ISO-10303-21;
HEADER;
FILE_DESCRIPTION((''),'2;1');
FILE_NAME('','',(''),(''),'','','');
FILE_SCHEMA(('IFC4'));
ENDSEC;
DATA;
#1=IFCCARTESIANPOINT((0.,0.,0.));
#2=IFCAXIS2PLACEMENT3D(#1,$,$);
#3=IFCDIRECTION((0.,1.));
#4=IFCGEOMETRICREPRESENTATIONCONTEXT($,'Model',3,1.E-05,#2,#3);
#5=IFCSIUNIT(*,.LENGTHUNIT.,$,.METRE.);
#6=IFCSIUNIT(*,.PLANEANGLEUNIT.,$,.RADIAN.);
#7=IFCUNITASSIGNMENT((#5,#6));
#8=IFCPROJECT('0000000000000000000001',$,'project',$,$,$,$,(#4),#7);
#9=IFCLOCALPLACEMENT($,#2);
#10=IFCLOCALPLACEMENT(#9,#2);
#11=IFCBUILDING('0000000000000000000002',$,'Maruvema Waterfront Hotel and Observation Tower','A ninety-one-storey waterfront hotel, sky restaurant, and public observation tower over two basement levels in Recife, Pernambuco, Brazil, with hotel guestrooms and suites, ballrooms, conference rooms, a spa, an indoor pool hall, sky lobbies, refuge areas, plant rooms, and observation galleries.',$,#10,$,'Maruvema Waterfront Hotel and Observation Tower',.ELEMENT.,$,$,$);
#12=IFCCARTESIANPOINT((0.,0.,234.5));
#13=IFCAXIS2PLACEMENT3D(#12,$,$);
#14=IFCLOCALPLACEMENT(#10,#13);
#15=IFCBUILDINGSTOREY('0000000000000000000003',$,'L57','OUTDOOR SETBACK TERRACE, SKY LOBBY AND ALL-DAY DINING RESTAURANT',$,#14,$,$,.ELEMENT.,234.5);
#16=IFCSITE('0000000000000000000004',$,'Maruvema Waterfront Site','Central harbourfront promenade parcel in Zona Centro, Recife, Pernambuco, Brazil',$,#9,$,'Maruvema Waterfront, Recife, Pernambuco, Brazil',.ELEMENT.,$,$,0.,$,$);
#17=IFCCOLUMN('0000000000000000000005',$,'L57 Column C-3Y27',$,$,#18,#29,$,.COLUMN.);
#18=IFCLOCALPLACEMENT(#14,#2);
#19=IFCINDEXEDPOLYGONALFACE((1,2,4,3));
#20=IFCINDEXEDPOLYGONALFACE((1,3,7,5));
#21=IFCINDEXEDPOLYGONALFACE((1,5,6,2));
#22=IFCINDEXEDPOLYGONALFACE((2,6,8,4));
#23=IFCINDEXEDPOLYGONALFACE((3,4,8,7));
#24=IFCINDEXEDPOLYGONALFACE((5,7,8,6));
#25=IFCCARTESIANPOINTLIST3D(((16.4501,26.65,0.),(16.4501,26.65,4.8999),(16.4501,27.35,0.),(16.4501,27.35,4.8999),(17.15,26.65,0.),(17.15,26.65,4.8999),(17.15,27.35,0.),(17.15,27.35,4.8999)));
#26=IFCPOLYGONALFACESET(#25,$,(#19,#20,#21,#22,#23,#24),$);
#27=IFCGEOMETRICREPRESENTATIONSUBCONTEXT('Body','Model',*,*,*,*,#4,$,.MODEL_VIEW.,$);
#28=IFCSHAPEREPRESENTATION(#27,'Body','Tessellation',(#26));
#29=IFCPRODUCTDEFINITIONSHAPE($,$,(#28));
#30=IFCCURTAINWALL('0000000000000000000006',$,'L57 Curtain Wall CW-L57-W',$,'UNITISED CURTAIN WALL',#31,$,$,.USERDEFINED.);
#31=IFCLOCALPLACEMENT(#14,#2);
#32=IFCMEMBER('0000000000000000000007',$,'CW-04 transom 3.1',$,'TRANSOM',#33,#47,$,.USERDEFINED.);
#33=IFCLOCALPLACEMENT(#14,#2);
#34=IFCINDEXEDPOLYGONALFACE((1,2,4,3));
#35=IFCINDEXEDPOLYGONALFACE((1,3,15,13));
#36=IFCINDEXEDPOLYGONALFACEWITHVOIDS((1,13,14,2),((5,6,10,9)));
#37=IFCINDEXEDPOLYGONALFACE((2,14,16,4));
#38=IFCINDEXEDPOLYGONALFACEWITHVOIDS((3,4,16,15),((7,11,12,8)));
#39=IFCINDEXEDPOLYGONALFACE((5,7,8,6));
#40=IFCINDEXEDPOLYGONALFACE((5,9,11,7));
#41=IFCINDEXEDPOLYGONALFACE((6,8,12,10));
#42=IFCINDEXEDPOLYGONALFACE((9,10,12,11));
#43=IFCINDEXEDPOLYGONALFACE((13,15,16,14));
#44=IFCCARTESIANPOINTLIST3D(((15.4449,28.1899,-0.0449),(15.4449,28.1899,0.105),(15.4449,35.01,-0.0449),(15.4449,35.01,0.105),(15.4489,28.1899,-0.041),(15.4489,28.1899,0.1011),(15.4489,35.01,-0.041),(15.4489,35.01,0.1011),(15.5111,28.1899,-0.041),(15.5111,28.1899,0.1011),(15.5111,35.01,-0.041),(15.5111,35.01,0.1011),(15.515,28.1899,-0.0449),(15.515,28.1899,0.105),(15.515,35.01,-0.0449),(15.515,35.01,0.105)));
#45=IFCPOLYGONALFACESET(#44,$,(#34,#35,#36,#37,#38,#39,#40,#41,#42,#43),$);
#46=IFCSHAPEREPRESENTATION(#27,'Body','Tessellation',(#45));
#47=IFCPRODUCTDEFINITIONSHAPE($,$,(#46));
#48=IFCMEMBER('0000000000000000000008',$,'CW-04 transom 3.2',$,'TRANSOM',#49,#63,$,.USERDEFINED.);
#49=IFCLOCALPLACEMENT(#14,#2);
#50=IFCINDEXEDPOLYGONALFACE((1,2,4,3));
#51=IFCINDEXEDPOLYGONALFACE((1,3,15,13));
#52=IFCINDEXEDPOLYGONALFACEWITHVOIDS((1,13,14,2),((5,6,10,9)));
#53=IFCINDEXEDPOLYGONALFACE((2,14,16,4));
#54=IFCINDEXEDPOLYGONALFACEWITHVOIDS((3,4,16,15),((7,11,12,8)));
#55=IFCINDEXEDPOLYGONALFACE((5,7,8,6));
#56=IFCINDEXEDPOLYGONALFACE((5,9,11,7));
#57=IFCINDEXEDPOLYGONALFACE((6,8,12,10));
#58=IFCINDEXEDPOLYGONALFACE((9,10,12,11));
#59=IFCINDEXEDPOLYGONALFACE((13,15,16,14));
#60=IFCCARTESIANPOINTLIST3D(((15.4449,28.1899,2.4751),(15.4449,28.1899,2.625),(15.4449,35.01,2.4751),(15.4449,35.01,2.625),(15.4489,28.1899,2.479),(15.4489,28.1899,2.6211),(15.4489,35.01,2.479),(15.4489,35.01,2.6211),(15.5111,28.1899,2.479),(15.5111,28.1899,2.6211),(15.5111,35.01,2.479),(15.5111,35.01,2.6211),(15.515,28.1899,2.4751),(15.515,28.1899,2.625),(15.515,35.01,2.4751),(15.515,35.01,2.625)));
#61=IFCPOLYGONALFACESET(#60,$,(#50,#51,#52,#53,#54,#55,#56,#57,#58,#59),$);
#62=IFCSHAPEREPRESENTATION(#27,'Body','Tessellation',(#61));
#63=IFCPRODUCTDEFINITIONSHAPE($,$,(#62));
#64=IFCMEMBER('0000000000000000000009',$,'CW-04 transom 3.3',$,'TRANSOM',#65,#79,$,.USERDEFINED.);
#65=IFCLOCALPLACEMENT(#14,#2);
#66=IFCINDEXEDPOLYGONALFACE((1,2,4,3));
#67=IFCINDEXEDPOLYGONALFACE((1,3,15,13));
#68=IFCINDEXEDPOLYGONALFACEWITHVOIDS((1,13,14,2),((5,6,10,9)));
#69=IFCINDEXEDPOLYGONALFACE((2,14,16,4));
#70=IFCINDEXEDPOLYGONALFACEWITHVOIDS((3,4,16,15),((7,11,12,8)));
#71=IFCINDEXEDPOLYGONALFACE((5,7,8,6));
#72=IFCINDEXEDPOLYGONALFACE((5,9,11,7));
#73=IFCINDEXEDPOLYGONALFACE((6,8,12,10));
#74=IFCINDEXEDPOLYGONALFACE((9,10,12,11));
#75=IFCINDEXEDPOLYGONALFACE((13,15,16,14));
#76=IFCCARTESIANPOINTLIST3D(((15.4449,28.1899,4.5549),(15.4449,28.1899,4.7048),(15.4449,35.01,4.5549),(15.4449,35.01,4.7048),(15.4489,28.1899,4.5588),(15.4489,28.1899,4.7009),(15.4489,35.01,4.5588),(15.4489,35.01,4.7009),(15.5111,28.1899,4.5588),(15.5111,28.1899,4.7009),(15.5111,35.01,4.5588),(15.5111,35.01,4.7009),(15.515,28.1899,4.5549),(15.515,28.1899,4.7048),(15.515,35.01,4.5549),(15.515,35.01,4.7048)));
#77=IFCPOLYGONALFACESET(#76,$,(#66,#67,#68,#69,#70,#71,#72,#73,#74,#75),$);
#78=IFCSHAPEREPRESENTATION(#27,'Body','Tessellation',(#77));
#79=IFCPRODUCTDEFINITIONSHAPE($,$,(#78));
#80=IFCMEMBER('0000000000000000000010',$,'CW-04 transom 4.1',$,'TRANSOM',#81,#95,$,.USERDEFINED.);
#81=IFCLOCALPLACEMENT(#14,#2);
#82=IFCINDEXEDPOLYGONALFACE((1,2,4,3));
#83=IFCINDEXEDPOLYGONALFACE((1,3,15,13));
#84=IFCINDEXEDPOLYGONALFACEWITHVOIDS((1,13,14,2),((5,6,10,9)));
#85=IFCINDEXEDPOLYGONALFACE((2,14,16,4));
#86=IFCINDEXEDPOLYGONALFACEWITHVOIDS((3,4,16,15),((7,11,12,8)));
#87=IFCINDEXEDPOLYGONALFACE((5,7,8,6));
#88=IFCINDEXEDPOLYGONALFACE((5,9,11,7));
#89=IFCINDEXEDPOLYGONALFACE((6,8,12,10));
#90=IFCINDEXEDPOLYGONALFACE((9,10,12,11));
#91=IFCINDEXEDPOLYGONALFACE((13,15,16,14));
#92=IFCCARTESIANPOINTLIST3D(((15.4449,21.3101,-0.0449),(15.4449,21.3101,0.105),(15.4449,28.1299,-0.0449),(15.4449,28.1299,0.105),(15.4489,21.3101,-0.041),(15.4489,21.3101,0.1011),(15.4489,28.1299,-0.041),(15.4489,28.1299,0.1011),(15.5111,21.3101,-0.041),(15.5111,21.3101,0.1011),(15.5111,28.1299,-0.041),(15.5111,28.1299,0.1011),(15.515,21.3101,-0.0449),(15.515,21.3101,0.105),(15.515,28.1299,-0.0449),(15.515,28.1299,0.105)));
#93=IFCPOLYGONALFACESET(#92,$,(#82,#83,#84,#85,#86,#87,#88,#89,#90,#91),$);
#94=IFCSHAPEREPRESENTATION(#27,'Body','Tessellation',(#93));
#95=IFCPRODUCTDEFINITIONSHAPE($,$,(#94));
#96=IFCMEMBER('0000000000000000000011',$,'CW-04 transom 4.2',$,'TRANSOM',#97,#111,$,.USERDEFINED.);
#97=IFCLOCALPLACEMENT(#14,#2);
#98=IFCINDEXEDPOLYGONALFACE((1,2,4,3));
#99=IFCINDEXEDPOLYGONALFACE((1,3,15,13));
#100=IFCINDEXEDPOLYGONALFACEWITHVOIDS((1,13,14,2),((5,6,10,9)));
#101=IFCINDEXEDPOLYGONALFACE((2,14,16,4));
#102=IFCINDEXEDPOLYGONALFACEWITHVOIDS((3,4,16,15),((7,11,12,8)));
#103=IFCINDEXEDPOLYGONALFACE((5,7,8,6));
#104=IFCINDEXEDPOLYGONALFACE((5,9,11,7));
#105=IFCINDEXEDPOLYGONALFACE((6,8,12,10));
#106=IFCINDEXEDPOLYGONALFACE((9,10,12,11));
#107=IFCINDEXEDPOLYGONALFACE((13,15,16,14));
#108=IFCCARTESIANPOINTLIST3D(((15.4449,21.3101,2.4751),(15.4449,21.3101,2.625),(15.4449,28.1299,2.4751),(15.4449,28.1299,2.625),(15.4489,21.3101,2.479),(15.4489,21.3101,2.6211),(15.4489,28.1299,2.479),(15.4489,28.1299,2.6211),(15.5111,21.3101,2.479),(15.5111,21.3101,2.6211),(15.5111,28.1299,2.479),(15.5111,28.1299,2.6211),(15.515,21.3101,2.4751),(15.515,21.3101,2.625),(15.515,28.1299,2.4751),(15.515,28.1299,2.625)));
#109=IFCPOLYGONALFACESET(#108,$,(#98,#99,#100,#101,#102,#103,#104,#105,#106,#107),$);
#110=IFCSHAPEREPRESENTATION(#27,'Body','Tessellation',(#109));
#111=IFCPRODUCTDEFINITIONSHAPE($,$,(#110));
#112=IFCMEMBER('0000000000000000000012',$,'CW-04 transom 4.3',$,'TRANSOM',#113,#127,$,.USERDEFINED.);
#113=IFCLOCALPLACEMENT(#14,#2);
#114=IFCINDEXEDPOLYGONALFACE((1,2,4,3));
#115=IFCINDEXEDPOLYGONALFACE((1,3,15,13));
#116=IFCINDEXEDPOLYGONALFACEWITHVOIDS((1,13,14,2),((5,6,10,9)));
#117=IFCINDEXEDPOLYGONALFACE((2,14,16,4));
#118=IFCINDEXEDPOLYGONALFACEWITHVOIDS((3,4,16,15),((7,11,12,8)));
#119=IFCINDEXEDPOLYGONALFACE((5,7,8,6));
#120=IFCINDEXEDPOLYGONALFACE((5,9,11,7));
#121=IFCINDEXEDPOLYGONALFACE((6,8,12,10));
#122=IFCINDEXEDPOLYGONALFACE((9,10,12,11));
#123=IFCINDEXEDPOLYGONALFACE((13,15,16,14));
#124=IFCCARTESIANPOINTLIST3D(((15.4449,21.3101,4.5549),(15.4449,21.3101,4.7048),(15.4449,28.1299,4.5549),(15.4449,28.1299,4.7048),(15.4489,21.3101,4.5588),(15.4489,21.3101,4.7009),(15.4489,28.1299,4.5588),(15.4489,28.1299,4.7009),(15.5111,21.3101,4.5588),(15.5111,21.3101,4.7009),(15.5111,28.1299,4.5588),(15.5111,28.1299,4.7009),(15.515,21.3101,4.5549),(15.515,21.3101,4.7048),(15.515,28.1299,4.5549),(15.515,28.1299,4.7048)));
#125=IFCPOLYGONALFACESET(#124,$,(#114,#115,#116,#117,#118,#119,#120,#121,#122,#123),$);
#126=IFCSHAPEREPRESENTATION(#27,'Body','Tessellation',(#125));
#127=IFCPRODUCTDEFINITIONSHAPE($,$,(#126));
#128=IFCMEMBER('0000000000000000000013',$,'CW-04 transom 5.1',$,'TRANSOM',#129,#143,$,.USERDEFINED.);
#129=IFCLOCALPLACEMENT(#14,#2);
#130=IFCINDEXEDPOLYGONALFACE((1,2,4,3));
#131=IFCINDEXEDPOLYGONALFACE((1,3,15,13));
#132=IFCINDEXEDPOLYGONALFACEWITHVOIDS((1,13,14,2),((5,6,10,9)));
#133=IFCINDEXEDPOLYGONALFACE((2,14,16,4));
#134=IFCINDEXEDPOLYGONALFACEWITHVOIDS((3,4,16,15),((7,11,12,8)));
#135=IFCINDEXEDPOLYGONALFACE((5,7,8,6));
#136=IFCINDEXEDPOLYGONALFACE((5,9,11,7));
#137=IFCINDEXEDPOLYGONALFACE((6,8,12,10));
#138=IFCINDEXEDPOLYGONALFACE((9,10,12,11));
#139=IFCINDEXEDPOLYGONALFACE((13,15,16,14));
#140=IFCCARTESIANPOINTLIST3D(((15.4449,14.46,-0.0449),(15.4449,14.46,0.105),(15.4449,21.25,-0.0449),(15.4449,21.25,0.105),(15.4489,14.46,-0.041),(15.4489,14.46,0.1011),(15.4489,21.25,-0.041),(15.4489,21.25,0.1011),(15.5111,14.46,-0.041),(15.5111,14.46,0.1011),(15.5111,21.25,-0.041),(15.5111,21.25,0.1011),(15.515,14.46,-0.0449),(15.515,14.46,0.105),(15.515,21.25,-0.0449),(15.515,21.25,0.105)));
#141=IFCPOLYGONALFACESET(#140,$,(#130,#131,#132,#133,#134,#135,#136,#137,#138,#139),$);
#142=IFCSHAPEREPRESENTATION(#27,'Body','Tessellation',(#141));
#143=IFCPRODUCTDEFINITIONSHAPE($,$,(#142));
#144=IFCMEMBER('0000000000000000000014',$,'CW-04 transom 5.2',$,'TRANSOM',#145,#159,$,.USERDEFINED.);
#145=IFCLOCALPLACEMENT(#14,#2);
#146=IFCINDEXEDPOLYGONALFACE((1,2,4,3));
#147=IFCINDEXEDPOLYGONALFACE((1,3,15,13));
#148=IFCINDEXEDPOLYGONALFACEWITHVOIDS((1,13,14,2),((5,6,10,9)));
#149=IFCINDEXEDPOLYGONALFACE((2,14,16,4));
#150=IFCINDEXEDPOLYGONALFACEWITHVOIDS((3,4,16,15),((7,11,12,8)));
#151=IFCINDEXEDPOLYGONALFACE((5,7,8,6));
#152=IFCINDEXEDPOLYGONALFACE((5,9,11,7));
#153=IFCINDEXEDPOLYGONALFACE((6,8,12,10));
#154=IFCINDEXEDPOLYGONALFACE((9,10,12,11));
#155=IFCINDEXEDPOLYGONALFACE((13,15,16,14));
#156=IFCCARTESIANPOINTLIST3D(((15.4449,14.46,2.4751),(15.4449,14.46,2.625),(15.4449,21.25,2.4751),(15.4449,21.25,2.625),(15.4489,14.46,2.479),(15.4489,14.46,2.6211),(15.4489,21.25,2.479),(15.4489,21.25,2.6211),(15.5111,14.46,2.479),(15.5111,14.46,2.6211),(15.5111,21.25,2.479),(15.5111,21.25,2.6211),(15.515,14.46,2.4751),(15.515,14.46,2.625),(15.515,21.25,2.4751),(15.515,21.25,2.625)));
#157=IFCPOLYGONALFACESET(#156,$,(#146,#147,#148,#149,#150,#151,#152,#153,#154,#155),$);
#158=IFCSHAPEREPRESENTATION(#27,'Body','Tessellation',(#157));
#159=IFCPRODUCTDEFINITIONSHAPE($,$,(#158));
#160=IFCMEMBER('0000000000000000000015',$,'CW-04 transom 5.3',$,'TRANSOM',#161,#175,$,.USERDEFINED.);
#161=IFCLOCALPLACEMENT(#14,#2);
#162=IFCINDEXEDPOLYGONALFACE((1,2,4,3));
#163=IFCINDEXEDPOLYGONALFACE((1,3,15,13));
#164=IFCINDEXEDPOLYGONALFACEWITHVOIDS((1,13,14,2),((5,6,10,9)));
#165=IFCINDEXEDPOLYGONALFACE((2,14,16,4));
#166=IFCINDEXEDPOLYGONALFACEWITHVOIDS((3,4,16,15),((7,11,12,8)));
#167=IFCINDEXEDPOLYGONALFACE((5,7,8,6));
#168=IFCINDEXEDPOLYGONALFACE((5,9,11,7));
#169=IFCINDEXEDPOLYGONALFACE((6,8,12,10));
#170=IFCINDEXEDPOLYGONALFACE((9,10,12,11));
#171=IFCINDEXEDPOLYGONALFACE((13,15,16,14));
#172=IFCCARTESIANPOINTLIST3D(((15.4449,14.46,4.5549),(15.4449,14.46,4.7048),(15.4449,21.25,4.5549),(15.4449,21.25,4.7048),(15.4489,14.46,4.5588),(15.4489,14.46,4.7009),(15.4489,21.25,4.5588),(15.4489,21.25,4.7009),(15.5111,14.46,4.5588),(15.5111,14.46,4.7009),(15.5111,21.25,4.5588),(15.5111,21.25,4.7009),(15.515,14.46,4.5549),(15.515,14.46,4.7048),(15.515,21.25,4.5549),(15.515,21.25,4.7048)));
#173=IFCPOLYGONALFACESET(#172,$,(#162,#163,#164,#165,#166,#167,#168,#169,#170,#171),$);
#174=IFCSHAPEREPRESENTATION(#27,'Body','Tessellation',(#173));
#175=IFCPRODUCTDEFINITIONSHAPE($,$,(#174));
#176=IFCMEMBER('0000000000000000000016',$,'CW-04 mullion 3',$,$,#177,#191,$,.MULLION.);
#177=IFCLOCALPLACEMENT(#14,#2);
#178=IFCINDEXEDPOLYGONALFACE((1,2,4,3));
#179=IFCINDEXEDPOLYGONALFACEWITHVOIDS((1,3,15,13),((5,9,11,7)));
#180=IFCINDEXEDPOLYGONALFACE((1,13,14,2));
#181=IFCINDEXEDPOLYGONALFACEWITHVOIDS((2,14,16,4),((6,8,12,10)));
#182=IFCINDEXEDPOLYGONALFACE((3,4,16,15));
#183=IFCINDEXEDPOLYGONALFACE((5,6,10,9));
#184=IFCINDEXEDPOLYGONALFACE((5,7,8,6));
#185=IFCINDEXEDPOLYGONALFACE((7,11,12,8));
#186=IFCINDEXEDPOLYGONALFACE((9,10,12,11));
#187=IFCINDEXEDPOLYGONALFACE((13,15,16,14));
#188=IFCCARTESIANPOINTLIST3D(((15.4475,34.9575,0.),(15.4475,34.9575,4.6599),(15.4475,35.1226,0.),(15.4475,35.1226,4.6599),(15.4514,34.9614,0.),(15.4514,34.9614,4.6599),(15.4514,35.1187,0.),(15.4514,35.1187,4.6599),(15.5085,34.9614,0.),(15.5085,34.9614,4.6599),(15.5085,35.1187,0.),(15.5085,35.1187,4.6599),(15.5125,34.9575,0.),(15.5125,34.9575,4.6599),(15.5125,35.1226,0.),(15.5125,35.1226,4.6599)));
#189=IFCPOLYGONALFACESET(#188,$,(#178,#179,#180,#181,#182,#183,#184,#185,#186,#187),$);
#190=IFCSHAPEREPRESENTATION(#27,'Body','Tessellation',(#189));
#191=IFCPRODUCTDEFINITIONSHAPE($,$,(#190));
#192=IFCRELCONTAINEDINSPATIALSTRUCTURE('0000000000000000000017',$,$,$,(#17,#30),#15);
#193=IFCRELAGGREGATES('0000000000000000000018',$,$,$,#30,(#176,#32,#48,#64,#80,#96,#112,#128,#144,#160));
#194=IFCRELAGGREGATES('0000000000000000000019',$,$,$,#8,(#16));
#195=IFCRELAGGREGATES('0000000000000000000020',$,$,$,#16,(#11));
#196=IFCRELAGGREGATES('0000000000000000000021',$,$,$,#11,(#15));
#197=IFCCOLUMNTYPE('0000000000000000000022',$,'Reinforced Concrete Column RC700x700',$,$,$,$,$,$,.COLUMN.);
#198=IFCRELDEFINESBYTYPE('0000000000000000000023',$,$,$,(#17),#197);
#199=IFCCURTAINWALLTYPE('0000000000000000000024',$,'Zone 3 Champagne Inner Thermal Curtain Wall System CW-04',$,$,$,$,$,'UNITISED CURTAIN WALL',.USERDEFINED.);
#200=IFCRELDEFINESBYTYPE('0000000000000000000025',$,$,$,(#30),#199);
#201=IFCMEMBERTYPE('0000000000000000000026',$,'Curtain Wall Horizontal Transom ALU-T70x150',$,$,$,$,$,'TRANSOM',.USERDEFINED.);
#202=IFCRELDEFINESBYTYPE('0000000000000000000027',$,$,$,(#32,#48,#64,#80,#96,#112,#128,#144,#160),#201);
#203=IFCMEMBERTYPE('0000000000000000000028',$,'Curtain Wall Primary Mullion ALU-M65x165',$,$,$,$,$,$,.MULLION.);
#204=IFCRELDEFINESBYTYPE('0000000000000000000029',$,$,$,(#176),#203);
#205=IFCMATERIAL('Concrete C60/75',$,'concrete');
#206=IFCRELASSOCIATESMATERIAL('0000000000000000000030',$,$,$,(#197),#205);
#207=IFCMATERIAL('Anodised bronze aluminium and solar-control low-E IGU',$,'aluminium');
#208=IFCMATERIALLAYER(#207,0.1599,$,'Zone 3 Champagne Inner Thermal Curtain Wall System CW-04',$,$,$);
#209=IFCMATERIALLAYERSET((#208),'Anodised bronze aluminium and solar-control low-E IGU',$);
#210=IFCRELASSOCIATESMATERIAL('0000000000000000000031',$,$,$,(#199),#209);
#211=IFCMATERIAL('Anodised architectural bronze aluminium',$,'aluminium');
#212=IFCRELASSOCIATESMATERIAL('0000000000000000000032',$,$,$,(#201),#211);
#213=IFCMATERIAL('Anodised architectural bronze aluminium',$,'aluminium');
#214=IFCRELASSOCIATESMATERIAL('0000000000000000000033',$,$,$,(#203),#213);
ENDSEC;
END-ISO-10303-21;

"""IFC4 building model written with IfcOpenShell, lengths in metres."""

from ifc_helpers import new_model, si_unit, direction, frame, origin, origin_2d, place, context, subcontext, project, spatial, rectangle, hollow_rectangle, extrude, material, layer, layer_set, material_profile, profile_set, type_object, element, aggregate, save


model = new_model("IFC4")

# Units and contexts
model_context = context("Model", 3, precision=1e-05, world=origin(), true_north=direction((0.0, 1.0)))
body_context = subcontext(model_context, "Body", "Model", "MODEL_VIEW")
ifc_project = project(units=[si_unit("LENGTHUNIT", "METRE"), si_unit("PLANEANGLEUNIT", "RADIAN")], contexts=[model_context])

# Site, building, storey
site_placement = place(None, origin())
site = spatial("IfcSite", under=ifc_project, at=site_placement, Name="Maruvema Waterfront Site", Description="Central harbourfront promenade parcel in Zona Centro, Recife, Pernambuco, Brazil", LongName="Maruvema Waterfront, Recife, Pernambuco, Brazil", CompositionType="ELEMENT", RefElevation=0.0)
building_placement = place(site_placement, origin())
building = spatial("IfcBuilding", under=site, at=building_placement, Name="Maruvema Waterfront Hotel and Observation Tower", Description="A ninety-one-storey waterfront hotel, sky restaurant, and public observation tower over two basement levels in Recife, Pernambuco, Brazil, with hotel guestrooms and suites, ballrooms, conference rooms, a spa, an indoor pool hall, sky lobbies, refuge areas, plant rooms, and observation galleries.", LongName="Maruvema Waterfront Hotel and Observation Tower", CompositionType="ELEMENT")
storey_placement = place(building_placement, frame((0.0, 0.0, 234.5)))
storey = spatial("IfcBuildingStorey", under=building, at=storey_placement, Name="L57", Description="OUTDOOR SETBACK TERRACE, SKY LOBBY AND ALL-DAY DINING RESTAURANT", CompositionType="ELEMENT", Elevation=234.5)

# Column
ifc_material_1 = material(Name="Concrete C60/75", Category="concrete")
ifc_material_profile_1 = material_profile(ifc_material_1, rectangle(XDim=0.7, YDim=0.7, at=origin_2d()), Name="RC700x700")
ifc_profile_set_1 = profile_set([ifc_material_profile_1], Name="Concrete C60/75")
column_type = type_object("IfcColumnType", Name="Reinforced Concrete Column RC700x700", PredefinedType="COLUMN", material=ifc_profile_set_1)
column_placement = place(storey_placement, frame((16.8, 27.0, 0.0), z_axis=(0.0, 0.0, 1.0), x_axis=(1.0, 0.0, 0.0)))
element("IfcColumn", 1, at=column_placement, inside=storey, type_object=column_type, Name="L57 Column C-3Y27", PredefinedType="COLUMN", context=body_context, shape_type="SweptSolid", body=[
    extrude(rectangle(XDim=0.7, YDim=0.7, at=origin_2d()), origin(), (0.0, 0.0, 1.0), 4.8999),
])

# Curtain wall, members
ifc_material_2 = material(Name="Anodised bronze aluminium and solar-control low-E IGU", Category="aluminium")
ifc_layer_1 = layer(ifc_material_2, 0.1599, Name="Zone 3 Champagne Inner Thermal Curtain Wall System CW-04")
ifc_layer_set_1 = layer_set([ifc_layer_1], Name="Anodised bronze aluminium and solar-control low-E IGU")
curtain_wall_type = type_object("IfcCurtainWallType", Name="Zone 3 Champagne Inner Thermal Curtain Wall System CW-04", ElementType="UNITISED CURTAIN WALL", PredefinedType="USERDEFINED", material=ifc_layer_set_1)
curtain_wall_placement = place(storey_placement, origin())
curtain_wall = element("IfcCurtainWall", 2, at=curtain_wall_placement, inside=storey, type_object=curtain_wall_type, Name="L57 Curtain Wall CW-L57-W", ObjectType="UNITISED CURTAIN WALL", PredefinedType="USERDEFINED")
ifc_material_3 = material(Name="Anodised architectural bronze aluminium", Category="aluminium")
ifc_material_profile_2 = material_profile(ifc_material_3, hollow_rectangle(XDim=0.0701, YDim=0.1499, WallThickness=0.0039, at=origin_2d()), Name="ALU-T70x150")
ifc_profile_set_2 = profile_set([ifc_material_profile_2], Name="Anodised architectural bronze aluminium")
member_type_1 = type_object("IfcMemberType", Name="Curtain Wall Horizontal Transom ALU-T70x150", ElementType="TRANSOM", PredefinedType="USERDEFINED", material=ifc_profile_set_2)
member_1_placement = place(storey_placement, frame((15.48, 35.01, 0.03), z_axis=(0.0, -1.0, 0.0), x_axis=(1.0, 0.0, 0.0)))
member_1 = element("IfcMember", 3, at=member_1_placement, type_object=member_type_1, Name="CW-04 transom 3.1", ObjectType="TRANSOM", PredefinedType="USERDEFINED", context=body_context, shape_type="SweptSolid", body=[
    extrude(hollow_rectangle(XDim=0.0701, YDim=0.1499, WallThickness=0.0039, at=origin_2d()), origin(), (0.0, 0.0, 1.0), 6.8201),
])
member_2_placement = place(storey_placement, frame((15.48, 35.01, 2.55), z_axis=(0.0, -1.0, 0.0), x_axis=(1.0, 0.0, 0.0)))
member_2 = element("IfcMember", 4, at=member_2_placement, type_object=member_type_1, Name="CW-04 transom 3.2", ObjectType="TRANSOM", PredefinedType="USERDEFINED", context=body_context, shape_type="SweptSolid", body=[
    extrude(hollow_rectangle(XDim=0.0701, YDim=0.1499, WallThickness=0.0039, at=origin_2d()), origin(), (0.0, 0.0, 1.0), 6.8201),
])
member_3_placement = place(storey_placement, frame((15.48, 35.01, 4.6299), z_axis=(0.0, -1.0, 0.0), x_axis=(1.0, 0.0, 0.0)))
member_3 = element("IfcMember", 5, at=member_3_placement, type_object=member_type_1, Name="CW-04 transom 3.3", ObjectType="TRANSOM", PredefinedType="USERDEFINED", context=body_context, shape_type="SweptSolid", body=[
    extrude(hollow_rectangle(XDim=0.0701, YDim=0.1499, WallThickness=0.0039, at=origin_2d()), origin(), (0.0, 0.0, 1.0), 6.8201),
])
member_4_placement = place(storey_placement, frame((15.48, 28.1299, 0.03), z_axis=(0.0, -1.0, 0.0), x_axis=(1.0, 0.0, 0.0)))
member_4 = element("IfcMember", 6, at=member_4_placement, type_object=member_type_1, Name="CW-04 transom 4.1", ObjectType="TRANSOM", PredefinedType="USERDEFINED", context=body_context, shape_type="SweptSolid", body=[
    extrude(hollow_rectangle(XDim=0.0701, YDim=0.1499, WallThickness=0.0039, at=origin_2d()), origin(), (0.0, 0.0, 1.0), 6.8198),
])
member_5_placement = place(storey_placement, frame((15.48, 28.1299, 2.55), z_axis=(0.0, -1.0, 0.0), x_axis=(1.0, 0.0, 0.0)))
member_5 = element("IfcMember", 7, at=member_5_placement, type_object=member_type_1, Name="CW-04 transom 4.2", ObjectType="TRANSOM", PredefinedType="USERDEFINED", context=body_context, shape_type="SweptSolid", body=[
    extrude(hollow_rectangle(XDim=0.0701, YDim=0.1499, WallThickness=0.0039, at=origin_2d()), origin(), (0.0, 0.0, 1.0), 6.8198),
])
member_6_placement = place(storey_placement, frame((15.48, 28.1299, 4.6299), z_axis=(0.0, -1.0, 0.0), x_axis=(1.0, 0.0, 0.0)))
member_6 = element("IfcMember", 8, at=member_6_placement, type_object=member_type_1, Name="CW-04 transom 4.3", ObjectType="TRANSOM", PredefinedType="USERDEFINED", context=body_context, shape_type="SweptSolid", body=[
    extrude(hollow_rectangle(XDim=0.0701, YDim=0.1499, WallThickness=0.0039, at=origin_2d()), origin(), (0.0, 0.0, 1.0), 6.8198),
])
member_7_placement = place(storey_placement, frame((15.48, 21.25, 0.03), z_axis=(0.0, -1.0, 0.0), x_axis=(1.0, 0.0, 0.0)))
member_7 = element("IfcMember", 9, at=member_7_placement, type_object=member_type_1, Name="CW-04 transom 5.1", ObjectType="TRANSOM", PredefinedType="USERDEFINED", context=body_context, shape_type="SweptSolid", body=[
    extrude(hollow_rectangle(XDim=0.0701, YDim=0.1499, WallThickness=0.0039, at=origin_2d()), origin(), (0.0, 0.0, 1.0), 6.79),
])
member_8_placement = place(storey_placement, frame((15.48, 21.25, 2.55), z_axis=(0.0, -1.0, 0.0), x_axis=(1.0, 0.0, 0.0)))
member_8 = element("IfcMember", 10, at=member_8_placement, type_object=member_type_1, Name="CW-04 transom 5.2", ObjectType="TRANSOM", PredefinedType="USERDEFINED", context=body_context, shape_type="SweptSolid", body=[
    extrude(hollow_rectangle(XDim=0.0701, YDim=0.1499, WallThickness=0.0039, at=origin_2d()), origin(), (0.0, 0.0, 1.0), 6.79),
])
member_9_placement = place(storey_placement, frame((15.48, 21.25, 4.6299), z_axis=(0.0, -1.0, 0.0), x_axis=(1.0, 0.0, 0.0)))
member_9 = element("IfcMember", 11, at=member_9_placement, type_object=member_type_1, Name="CW-04 transom 5.3", ObjectType="TRANSOM", PredefinedType="USERDEFINED", context=body_context, shape_type="SweptSolid", body=[
    extrude(hollow_rectangle(XDim=0.0701, YDim=0.1499, WallThickness=0.0039, at=origin_2d()), origin(), (0.0, 0.0, 1.0), 6.79),
])
ifc_material_4 = material(Name="Anodised architectural bronze aluminium", Category="aluminium")
ifc_material_profile_3 = material_profile(ifc_material_4, hollow_rectangle(XDim=0.0649, YDim=0.165, WallThickness=0.0039, at=origin_2d()), Name="ALU-M65x165")
ifc_profile_set_3 = profile_set([ifc_material_profile_3], Name="Anodised architectural bronze aluminium")
member_type_2 = type_object("IfcMemberType", Name="Curtain Wall Primary Mullion ALU-M65x165", PredefinedType="MULLION", material=ifc_profile_set_3)
member_10_placement = place(storey_placement, frame((15.48, 35.04, 0.0), z_axis=(0.0, 0.0, 1.0), x_axis=(1.0, 0.0, 0.0)))
member_10 = element("IfcMember", 12, at=member_10_placement, type_object=member_type_2, Name="CW-04 mullion 3", PredefinedType="MULLION", context=body_context, shape_type="SweptSolid", body=[
    extrude(hollow_rectangle(XDim=0.0649, YDim=0.165, WallThickness=0.0039, at=origin_2d()), origin(), (0.0, 0.0, 1.0), 4.6599),
])

aggregate(curtain_wall, [member_10, member_1, member_2, member_3, member_4, member_5, member_6, member_7, member_8, member_9])

save(model, "model.ifc")
